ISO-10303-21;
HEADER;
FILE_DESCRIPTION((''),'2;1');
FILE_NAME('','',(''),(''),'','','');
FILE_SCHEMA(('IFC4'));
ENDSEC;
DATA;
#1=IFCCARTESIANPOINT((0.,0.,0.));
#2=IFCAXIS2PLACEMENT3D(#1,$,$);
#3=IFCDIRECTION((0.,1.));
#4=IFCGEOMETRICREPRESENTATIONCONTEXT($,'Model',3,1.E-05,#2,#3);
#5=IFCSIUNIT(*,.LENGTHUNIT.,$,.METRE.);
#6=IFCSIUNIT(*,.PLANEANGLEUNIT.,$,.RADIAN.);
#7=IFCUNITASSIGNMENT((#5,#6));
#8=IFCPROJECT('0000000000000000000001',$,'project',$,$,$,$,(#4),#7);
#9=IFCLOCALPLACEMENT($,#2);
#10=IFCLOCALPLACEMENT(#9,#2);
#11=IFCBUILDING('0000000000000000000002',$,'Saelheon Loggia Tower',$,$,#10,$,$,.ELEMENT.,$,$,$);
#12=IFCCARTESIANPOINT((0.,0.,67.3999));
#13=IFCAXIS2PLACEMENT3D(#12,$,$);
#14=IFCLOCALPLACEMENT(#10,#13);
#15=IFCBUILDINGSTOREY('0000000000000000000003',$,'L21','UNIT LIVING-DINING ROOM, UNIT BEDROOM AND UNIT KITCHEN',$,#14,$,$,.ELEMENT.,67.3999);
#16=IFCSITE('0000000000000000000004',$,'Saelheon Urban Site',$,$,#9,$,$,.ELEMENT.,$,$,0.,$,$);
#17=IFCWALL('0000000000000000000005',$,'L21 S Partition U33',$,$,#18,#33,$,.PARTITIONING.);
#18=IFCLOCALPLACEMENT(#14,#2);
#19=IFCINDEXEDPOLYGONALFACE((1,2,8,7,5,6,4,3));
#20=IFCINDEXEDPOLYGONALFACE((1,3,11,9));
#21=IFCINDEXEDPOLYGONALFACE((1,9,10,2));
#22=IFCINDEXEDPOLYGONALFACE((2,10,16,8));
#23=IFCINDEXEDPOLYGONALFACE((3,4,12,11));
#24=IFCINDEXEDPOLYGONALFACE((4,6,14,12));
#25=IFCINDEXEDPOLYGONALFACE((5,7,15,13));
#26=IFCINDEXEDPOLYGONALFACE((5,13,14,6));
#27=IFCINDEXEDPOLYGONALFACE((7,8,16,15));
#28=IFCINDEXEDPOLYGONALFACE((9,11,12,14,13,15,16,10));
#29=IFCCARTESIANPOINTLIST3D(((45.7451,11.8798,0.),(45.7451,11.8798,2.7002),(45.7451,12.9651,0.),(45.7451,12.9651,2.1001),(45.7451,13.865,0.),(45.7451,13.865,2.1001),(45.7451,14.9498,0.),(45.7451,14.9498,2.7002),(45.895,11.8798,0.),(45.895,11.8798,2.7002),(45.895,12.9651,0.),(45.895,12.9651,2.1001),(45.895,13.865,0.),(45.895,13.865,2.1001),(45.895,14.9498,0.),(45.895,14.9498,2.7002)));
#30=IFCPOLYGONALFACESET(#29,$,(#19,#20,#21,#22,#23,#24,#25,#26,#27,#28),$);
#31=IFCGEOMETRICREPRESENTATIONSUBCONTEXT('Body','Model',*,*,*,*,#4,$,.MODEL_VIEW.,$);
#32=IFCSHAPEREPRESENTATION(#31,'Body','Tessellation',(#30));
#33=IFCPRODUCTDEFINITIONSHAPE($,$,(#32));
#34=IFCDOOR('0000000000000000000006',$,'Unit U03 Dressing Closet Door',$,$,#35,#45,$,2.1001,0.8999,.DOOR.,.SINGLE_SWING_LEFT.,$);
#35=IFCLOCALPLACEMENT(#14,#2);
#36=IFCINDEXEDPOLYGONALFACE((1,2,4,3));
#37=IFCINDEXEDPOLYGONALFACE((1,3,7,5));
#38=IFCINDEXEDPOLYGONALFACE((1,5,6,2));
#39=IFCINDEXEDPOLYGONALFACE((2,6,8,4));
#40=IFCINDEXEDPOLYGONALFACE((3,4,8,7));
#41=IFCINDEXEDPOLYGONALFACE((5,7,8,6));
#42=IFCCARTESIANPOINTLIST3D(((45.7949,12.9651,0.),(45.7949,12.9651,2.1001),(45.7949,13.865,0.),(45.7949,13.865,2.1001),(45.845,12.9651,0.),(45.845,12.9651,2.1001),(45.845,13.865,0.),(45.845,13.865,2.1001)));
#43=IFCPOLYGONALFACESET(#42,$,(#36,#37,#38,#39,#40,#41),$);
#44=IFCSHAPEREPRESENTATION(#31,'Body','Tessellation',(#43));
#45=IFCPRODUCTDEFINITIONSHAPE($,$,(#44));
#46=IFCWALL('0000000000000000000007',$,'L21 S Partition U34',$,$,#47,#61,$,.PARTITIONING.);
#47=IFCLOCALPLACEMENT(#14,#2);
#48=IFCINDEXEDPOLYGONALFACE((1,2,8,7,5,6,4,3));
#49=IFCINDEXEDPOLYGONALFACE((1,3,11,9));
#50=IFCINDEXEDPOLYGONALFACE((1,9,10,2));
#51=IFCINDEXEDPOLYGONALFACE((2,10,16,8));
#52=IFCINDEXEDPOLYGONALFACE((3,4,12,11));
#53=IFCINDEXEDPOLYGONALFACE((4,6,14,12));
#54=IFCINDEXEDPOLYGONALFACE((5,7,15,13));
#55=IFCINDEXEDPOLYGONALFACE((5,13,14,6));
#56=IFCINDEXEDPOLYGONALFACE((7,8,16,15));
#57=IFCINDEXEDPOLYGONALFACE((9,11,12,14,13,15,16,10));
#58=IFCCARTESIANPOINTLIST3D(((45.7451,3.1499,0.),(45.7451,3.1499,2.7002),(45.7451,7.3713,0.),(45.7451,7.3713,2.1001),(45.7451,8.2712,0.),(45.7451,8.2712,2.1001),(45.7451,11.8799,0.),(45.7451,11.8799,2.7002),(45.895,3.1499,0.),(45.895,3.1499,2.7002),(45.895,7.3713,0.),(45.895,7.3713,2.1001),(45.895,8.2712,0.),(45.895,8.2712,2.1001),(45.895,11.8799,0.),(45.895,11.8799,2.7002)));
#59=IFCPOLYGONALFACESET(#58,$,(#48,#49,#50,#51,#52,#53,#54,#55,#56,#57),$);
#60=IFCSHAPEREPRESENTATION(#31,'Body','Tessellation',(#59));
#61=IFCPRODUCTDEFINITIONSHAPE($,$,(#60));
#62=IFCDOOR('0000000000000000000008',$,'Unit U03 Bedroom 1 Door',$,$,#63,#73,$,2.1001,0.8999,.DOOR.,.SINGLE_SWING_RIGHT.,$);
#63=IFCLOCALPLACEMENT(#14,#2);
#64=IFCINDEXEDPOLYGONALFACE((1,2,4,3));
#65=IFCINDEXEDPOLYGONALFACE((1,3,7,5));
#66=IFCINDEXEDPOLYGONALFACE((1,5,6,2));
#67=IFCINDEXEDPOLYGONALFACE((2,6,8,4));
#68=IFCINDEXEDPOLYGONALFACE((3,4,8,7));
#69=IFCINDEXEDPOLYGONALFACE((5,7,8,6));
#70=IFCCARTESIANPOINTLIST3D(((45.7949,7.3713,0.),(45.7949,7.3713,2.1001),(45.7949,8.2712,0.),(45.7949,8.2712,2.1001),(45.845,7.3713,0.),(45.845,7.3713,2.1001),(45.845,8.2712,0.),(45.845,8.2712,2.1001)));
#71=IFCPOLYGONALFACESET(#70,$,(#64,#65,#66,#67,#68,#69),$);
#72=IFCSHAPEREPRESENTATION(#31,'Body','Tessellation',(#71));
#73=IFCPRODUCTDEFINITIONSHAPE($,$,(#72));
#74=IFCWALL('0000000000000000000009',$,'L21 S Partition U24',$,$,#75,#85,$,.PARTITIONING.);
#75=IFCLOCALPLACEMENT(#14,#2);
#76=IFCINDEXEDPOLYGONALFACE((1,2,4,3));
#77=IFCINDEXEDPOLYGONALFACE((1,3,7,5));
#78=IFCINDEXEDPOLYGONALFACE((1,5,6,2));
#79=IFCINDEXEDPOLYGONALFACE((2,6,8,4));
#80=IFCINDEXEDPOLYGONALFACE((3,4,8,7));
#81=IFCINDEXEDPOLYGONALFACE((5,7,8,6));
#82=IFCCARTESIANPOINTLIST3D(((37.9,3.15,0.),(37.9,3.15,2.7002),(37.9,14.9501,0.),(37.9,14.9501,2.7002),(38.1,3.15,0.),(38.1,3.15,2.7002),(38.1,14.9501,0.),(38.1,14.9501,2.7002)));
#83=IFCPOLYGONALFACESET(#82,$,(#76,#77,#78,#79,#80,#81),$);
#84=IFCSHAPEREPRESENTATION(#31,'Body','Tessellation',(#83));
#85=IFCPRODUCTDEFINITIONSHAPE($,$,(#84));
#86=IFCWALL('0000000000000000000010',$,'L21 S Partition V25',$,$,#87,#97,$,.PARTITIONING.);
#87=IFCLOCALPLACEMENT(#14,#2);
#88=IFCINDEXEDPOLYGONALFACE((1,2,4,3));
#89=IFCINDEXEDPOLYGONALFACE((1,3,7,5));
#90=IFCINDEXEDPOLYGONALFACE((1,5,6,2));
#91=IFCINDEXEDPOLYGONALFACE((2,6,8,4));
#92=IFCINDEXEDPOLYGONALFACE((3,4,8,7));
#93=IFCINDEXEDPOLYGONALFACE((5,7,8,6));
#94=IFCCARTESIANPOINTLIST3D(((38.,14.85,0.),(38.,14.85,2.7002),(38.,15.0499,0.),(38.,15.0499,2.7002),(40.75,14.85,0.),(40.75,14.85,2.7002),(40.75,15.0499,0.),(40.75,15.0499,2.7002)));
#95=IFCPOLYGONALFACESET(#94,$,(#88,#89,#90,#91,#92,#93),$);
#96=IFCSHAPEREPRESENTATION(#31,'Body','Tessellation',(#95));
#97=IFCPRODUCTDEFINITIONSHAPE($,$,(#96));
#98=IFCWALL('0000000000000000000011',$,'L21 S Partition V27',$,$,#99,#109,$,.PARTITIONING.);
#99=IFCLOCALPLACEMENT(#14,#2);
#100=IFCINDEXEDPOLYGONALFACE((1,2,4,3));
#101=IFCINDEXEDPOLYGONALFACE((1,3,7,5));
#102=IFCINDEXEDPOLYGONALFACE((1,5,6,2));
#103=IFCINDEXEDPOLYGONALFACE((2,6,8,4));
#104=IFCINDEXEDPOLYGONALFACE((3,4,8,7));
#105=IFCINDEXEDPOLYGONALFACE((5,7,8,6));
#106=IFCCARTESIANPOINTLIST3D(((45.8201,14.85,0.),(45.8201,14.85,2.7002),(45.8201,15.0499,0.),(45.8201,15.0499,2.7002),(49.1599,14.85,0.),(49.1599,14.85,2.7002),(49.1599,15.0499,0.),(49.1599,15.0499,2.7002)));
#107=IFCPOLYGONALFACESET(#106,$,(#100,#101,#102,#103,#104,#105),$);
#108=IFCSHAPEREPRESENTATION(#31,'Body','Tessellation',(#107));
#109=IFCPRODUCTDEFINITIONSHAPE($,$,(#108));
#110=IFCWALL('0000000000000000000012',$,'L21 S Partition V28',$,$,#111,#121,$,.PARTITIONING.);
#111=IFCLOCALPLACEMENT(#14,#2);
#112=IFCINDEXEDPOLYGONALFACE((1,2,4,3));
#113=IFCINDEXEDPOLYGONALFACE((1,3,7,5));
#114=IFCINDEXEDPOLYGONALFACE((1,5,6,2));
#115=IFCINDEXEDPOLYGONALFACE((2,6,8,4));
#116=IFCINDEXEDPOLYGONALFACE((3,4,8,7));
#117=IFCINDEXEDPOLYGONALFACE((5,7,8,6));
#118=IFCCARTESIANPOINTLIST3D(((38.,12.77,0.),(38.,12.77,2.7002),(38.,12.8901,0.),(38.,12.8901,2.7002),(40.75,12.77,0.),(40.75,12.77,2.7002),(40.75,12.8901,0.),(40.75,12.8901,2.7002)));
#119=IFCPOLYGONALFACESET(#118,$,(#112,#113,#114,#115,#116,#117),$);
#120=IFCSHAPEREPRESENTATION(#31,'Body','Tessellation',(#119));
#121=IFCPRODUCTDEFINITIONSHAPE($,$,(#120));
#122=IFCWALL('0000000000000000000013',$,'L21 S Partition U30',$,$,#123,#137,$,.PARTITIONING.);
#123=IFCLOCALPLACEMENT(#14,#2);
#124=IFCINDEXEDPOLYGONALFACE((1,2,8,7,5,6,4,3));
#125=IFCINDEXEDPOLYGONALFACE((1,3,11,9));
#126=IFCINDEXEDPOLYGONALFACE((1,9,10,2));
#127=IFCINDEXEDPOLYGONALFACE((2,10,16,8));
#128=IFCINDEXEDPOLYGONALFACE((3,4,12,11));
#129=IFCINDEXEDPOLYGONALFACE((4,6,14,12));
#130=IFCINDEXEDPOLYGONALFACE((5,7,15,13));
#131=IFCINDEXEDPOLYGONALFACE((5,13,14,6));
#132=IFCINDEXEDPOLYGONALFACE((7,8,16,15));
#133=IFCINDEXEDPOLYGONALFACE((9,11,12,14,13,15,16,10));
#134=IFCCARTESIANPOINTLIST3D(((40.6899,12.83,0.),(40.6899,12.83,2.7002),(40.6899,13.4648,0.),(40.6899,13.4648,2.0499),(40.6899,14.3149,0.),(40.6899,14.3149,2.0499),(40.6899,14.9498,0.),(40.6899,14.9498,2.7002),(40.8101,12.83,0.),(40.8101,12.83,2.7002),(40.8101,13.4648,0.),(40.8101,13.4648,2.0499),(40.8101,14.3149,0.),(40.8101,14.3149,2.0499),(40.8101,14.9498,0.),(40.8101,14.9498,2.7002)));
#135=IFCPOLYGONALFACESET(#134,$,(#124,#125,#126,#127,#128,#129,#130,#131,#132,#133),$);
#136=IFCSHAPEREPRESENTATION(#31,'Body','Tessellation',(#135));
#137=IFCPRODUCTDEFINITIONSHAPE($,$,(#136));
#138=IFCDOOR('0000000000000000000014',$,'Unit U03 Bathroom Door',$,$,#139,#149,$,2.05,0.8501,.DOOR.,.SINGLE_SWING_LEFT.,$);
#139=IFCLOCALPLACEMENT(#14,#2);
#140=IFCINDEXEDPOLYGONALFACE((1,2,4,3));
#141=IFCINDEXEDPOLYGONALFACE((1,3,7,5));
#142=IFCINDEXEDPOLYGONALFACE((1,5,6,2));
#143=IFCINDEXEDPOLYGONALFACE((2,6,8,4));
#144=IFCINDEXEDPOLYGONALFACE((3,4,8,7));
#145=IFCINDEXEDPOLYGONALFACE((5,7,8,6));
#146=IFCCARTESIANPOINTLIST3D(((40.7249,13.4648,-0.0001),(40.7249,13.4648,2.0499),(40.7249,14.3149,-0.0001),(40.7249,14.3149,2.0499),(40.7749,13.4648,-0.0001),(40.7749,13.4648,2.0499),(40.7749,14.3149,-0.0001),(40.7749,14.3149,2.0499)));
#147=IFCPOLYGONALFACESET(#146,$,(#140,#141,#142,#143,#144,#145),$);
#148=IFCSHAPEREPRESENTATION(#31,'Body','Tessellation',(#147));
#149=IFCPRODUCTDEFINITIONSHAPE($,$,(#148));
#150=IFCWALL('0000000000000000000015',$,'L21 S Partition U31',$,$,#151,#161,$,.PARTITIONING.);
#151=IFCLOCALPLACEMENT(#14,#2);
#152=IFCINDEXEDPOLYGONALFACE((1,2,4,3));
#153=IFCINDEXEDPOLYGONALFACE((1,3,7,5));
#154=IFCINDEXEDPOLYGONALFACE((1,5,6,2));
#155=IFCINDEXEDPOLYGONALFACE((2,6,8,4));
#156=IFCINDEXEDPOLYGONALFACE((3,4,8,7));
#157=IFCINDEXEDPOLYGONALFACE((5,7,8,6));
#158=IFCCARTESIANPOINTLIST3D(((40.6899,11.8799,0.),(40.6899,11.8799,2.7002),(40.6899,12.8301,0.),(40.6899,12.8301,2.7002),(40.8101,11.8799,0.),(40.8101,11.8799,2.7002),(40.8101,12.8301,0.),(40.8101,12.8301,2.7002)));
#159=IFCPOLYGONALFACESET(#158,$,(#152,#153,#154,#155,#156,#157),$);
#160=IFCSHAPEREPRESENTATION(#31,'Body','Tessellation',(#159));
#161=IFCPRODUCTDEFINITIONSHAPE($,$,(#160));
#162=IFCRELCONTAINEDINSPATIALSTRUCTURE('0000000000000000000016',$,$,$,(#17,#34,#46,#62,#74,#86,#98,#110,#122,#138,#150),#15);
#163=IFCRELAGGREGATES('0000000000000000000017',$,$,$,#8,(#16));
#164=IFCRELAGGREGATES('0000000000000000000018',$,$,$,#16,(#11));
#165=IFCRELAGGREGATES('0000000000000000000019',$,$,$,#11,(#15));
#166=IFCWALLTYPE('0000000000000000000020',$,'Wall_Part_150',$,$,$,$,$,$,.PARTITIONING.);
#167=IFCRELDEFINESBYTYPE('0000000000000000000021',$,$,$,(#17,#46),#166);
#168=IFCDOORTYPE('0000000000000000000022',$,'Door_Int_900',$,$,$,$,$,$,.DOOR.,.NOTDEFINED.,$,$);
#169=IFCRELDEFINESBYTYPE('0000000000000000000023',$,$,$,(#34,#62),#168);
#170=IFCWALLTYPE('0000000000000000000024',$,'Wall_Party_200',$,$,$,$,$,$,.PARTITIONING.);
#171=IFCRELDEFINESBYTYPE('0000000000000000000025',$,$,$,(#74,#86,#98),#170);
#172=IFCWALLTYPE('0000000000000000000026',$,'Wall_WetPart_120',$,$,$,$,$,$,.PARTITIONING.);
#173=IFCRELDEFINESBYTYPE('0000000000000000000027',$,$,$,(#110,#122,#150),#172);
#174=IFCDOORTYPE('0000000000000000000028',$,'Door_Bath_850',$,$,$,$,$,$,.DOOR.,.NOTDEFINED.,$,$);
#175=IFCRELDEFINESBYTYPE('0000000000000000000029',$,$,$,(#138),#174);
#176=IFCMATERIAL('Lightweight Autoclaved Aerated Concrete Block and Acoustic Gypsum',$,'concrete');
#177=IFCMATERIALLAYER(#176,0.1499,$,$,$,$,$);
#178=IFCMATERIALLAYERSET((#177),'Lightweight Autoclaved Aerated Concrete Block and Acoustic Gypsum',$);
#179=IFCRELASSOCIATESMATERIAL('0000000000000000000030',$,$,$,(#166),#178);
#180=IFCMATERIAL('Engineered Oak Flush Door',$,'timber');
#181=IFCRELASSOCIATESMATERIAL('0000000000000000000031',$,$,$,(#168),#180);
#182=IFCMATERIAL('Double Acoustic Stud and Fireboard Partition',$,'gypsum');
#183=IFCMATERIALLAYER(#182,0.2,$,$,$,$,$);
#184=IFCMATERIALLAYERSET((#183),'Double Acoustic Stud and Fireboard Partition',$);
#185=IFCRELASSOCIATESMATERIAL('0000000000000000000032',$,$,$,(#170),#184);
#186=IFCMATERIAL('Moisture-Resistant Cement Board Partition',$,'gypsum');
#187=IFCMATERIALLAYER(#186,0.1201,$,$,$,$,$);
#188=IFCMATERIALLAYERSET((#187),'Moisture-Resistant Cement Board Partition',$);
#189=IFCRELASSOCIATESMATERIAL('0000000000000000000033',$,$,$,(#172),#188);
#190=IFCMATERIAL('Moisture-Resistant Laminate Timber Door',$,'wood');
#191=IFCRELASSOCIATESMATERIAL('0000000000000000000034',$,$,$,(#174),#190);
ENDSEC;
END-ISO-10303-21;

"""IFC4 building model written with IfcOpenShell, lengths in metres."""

from ifc_helpers import new_model, si_unit, direction, frame, frame_2d, origin, place, context, subcontext, project, spatial, rectangle, extrude, source, transform, mapped, material, layer, layer_set, type_object, element, fill, save


model = new_model("IFC4")

# Units and contexts
model_context = context("Model", 3, precision=1e-05, world=origin(), true_north=direction((0.0, 1.0)))
body_context = subcontext(model_context, "Body", "Model", "MODEL_VIEW")
ifc_project = project(units=[si_unit("LENGTHUNIT", "METRE"), si_unit("PLANEANGLEUNIT", "RADIAN")], contexts=[model_context])

# Site, building, storey
site_placement = place(None, origin())
site = spatial("IfcSite", under=ifc_project, at=site_placement, Name="Saelheon Urban Site", CompositionType="ELEMENT", RefElevation=0.0)
building_placement = place(site_placement, origin())
building = spatial("IfcBuilding", under=site, at=building_placement, Name="Saelheon Loggia Tower", CompositionType="ELEMENT")
storey_placement = place(building_placement, frame((0.0, 0.0, 67.3999)))
storey = spatial("IfcBuildingStorey", under=building, at=storey_placement, Name="L21", Description="UNIT LIVING-DINING ROOM, UNIT BEDROOM AND UNIT KITCHEN", CompositionType="ELEMENT", Elevation=67.3999)

# Shared definitions
ifc_material_1 = material(Name="Lightweight Autoclaved Aerated Concrete Block and Acoustic Gypsum", Category="concrete")
ifc_layer_1 = layer(ifc_material_1, 0.1499)
ifc_layer_set_1 = layer_set([ifc_layer_1], Name="Lightweight Autoclaved Aerated Concrete Block and Acoustic Gypsum")
wall_type_1 = type_object("IfcWallType", Name="Wall_Part_150", PredefinedType="PARTITIONING", material=ifc_layer_set_1)
ifc_material_2 = material(Name="Engineered Oak Flush Door", Category="timber")
door_type_1 = type_object("IfcDoorType", Name="Door_Int_900", OperationType="NOTDEFINED", PredefinedType="DOOR", material=ifc_material_2)
shared_shape_1 = source(origin(), body_context, "Body", "SweptSolid", [
    extrude(rectangle(XDim=0.8999, YDim=2.1001, at=frame_2d((0.45, 1.05))), frame((0.0, 0.0249, 0.0), z_axis=(0.0, -1.0, 0.0), x_axis=(1.0, 0.0, 0.0)), (0.0, 0.0, 1.0), 0.05),
])

# Walls, openings, doors
wall_1_placement = place(storey_placement, frame((45.8201, 14.95, 0.0), z_axis=(0.0, 0.0, 1.0), x_axis=(0.0, -1.0, 0.0)))
wall_1 = element("IfcWall", 1, at=wall_1_placement, inside=storey, type_object=wall_type_1, Name="L21 S Partition U33", PredefinedType="PARTITIONING", context=body_context, shape_type="SweptSolid", body=[
    extrude(rectangle(XDim=3.0701, YDim=0.1499, at=frame_2d((1.5352, 0.0))), origin(), (0.0, 0.0, 1.0), 2.7002),
])
opening_1_placement = place(wall_1_placement, frame((1.085, 0.0, 0.0)))
opening_1 = element("IfcOpeningElement", 2, at=opening_1_placement, cuts=wall_1, PredefinedType="OPENING", context=body_context, shape_type="SweptSolid", body=[
    extrude(rectangle(XDim=0.8999, YDim=2.1001, at=frame_2d((0.45, 1.05))), frame((0.0, 0.0869, 0.0), z_axis=(0.0, -1.0, 0.0), x_axis=(1.0, 0.0, 0.0)), (0.0, 0.0, 1.0), 0.1738),
])
door_1_placement = place(opening_1_placement, origin())
door_1 = element("IfcDoor", 3, at=door_1_placement, inside=storey, type_object=door_type_1, Name="Unit U03 Dressing Closet Door", OperationType="SINGLE_SWING_LEFT", OverallHeight=2.1001, OverallWidth=0.8999, PredefinedType="DOOR", context=body_context, shape_type="MappedRepresentation", body=[
    mapped(shared_shape_1, transform((0.0, 0.0, 0.0), scale=1.0)),
])
fill(opening_1, door_1)
wall_2_placement = place(storey_placement, frame((45.8201, 11.8799, 0.0), z_axis=(0.0, 0.0, 1.0), x_axis=(0.0, -1.0, 0.0)))
wall_2 = element("IfcWall", 4, at=wall_2_placement, inside=storey, type_object=wall_type_1, Name="L21 S Partition U34", PredefinedType="PARTITIONING", context=body_context, shape_type="SweptSolid", body=[
    extrude(rectangle(XDim=8.73, YDim=0.1499, at=frame_2d((4.365, 0.0))), origin(), (0.0, 0.0, 1.0), 2.7002),
])
opening_2_placement = place(wall_2_placement, frame((3.6086, 0.0, 0.0)))
opening_2 = element("IfcOpeningElement", 5, at=opening_2_placement, cuts=wall_2, PredefinedType="OPENING", context=body_context, shape_type="SweptSolid", body=[
    extrude(rectangle(XDim=0.8999, YDim=2.1001, at=frame_2d((0.45, 1.05))), frame((0.0, 0.0869, 0.0), z_axis=(0.0, -1.0, 0.0), x_axis=(1.0, 0.0, 0.0)), (0.0, 0.0, 1.0), 0.1738),
])
door_2_placement = place(opening_2_placement, origin())
door_2 = element("IfcDoor", 6, at=door_2_placement, inside=storey, type_object=door_type_1, Name="Unit U03 Bedroom 1 Door", OperationType="SINGLE_SWING_RIGHT", OverallHeight=2.1001, OverallWidth=0.8999, PredefinedType="DOOR", context=body_context, shape_type="MappedRepresentation", body=[
    mapped(shared_shape_1, transform((0.0, 0.0, 0.0), scale=1.0)),
])
fill(opening_2, door_2)

# Walls
ifc_material_3 = material(Name="Double Acoustic Stud and Fireboard Partition", Category="gypsum")
ifc_layer_2 = layer(ifc_material_3, 0.2)
ifc_layer_set_2 = layer_set([ifc_layer_2], Name="Double Acoustic Stud and Fireboard Partition")
wall_type_2 = type_object("IfcWallType", Name="Wall_Party_200", PredefinedType="PARTITIONING", material=ifc_layer_set_2)
wall_3_placement = place(storey_placement, frame((38.0, 14.95, 0.0), z_axis=(0.0, 0.0, 1.0), x_axis=(0.0, -1.0, 0.0)))
element("IfcWall", 7, at=wall_3_placement, inside=storey, type_object=wall_type_2, Name="L21 S Partition U24", PredefinedType="PARTITIONING", context=body_context, shape_type="SweptSolid", body=[
    extrude(rectangle(XDim=11.8, YDim=0.2, at=frame_2d((5.8999, 0.0))), origin(), (0.0, 0.0, 1.0), 2.7002),
])
wall_4_placement = place(storey_placement, frame((38.0, 14.95, 0.0), z_axis=(0.0, 0.0, 1.0), x_axis=(1.0, 0.0, 0.0)))
element("IfcWall", 8, at=wall_4_placement, inside=storey, type_object=wall_type_2, Name="L21 S Partition V25", PredefinedType="PARTITIONING", context=body_context, shape_type="SweptSolid", body=[
    extrude(rectangle(XDim=2.75, YDim=0.2, at=frame_2d((1.375, 0.0))), origin(), (0.0, 0.0, 1.0), 2.7002),
])

# Walls
wall_5_placement = place(storey_placement, frame((45.8201, 14.95, 0.0), z_axis=(0.0, 0.0, 1.0), x_axis=(1.0, 0.0, 0.0)))
element("IfcWall", 9, at=wall_5_placement, inside=storey, type_object=wall_type_2, Name="L21 S Partition V27", PredefinedType="PARTITIONING", context=body_context, shape_type="SweptSolid", body=[
    extrude(rectangle(XDim=3.3398, YDim=0.2, at=frame_2d((1.6699, 0.0))), origin(), (0.0, 0.0, 1.0), 2.7002),
])
ifc_material_4 = material(Name="Moisture-Resistant Cement Board Partition", Category="gypsum")
ifc_layer_3 = layer(ifc_material_4, 0.1201)
ifc_layer_set_3 = layer_set([ifc_layer_3], Name="Moisture-Resistant Cement Board Partition")
wall_type_3 = type_object("IfcWallType", Name="Wall_WetPart_120", PredefinedType="PARTITIONING", material=ifc_layer_set_3)
wall_6_placement = place(storey_placement, frame((38.0, 12.8301, 0.0), z_axis=(0.0, 0.0, 1.0), x_axis=(1.0, 0.0, 0.0)))
element("IfcWall", 10, at=wall_6_placement, inside=storey, type_object=wall_type_3, Name="L21 S Partition V28", PredefinedType="PARTITIONING", context=body_context, shape_type="SweptSolid", body=[
    extrude(rectangle(XDim=2.75, YDim=0.1201, at=frame_2d((1.375, 0.0))), origin(), (0.0, 0.0, 1.0), 2.7002),
])

# Wall, opening, door
wall_7_placement = place(storey_placement, frame((40.75, 14.95, 0.0), z_axis=(0.0, 0.0, 1.0), x_axis=(0.0, -1.0, 0.0)))
wall_7 = element("IfcWall", 11, at=wall_7_placement, inside=storey, type_object=wall_type_3, Name="L21 S Partition U30", PredefinedType="PARTITIONING", context=body_context, shape_type="SweptSolid", body=[
    extrude(rectangle(XDim=2.1199, YDim=0.1201, at=frame_2d((1.0601, 0.0))), origin(), (0.0, 0.0, 1.0), 2.7002),
])
opening_3_placement = place(wall_7_placement, frame((0.635, 0.0, 0.0)))
opening_3 = element("IfcOpeningElement", 12, at=opening_3_placement, cuts=wall_7, PredefinedType="OPENING", context=body_context, shape_type="SweptSolid", body=[
    extrude(rectangle(XDim=0.8501, YDim=2.05, at=frame_2d((0.425, 1.0249))), frame((0.0, 0.072, 0.0), z_axis=(0.0, -1.0, 0.0), x_axis=(1.0, 0.0, 0.0)), (0.0, 0.0, 1.0), 0.144),
])
ifc_material_5 = material(Name="Moisture-Resistant Laminate Timber Door", Category="wood")
door_type_2 = type_object("IfcDoorType", Name="Door_Bath_850", OperationType="NOTDEFINED", PredefinedType="DOOR", material=ifc_material_5)
shared_shape_2 = source(origin(), body_context, "Body", "SweptSolid", [
    extrude(rectangle(XDim=0.8501, YDim=2.05, at=frame_2d((0.425, 1.0249))), frame((0.0, 0.0249, 0.0), z_axis=(0.0, -1.0, 0.0), x_axis=(1.0, 0.0, 0.0)), (0.0, 0.0, 1.0), 0.05),
])
door_3_placement = place(opening_3_placement, origin())
door_3 = element("IfcDoor", 13, at=door_3_placement, inside=storey, type_object=door_type_2, Name="Unit U03 Bathroom Door", OperationType="SINGLE_SWING_LEFT", OverallHeight=2.05, OverallWidth=0.8501, PredefinedType="DOOR", context=body_context, shape_type="MappedRepresentation", body=[
    mapped(shared_shape_2, transform((0.0, 0.0, 0.0), scale=1.0)),
])
fill(opening_3, door_3)

# Wall
wall_8_placement = place(storey_placement, frame((40.75, 12.8301, 0.0), z_axis=(0.0, 0.0, 1.0), x_axis=(0.0, -1.0, 0.0)))
element("IfcWall", 14, at=wall_8_placement, inside=storey, type_object=wall_type_3, Name="L21 S Partition U31", PredefinedType="PARTITIONING", context=body_context, shape_type="SweptSolid", body=[
    extrude(rectangle(XDim=0.9502, YDim=0.1201, at=frame_2d((0.4751, 0.0))), origin(), (0.0, 0.0, 1.0), 2.7002),
])

save(model, "model.ifc")
